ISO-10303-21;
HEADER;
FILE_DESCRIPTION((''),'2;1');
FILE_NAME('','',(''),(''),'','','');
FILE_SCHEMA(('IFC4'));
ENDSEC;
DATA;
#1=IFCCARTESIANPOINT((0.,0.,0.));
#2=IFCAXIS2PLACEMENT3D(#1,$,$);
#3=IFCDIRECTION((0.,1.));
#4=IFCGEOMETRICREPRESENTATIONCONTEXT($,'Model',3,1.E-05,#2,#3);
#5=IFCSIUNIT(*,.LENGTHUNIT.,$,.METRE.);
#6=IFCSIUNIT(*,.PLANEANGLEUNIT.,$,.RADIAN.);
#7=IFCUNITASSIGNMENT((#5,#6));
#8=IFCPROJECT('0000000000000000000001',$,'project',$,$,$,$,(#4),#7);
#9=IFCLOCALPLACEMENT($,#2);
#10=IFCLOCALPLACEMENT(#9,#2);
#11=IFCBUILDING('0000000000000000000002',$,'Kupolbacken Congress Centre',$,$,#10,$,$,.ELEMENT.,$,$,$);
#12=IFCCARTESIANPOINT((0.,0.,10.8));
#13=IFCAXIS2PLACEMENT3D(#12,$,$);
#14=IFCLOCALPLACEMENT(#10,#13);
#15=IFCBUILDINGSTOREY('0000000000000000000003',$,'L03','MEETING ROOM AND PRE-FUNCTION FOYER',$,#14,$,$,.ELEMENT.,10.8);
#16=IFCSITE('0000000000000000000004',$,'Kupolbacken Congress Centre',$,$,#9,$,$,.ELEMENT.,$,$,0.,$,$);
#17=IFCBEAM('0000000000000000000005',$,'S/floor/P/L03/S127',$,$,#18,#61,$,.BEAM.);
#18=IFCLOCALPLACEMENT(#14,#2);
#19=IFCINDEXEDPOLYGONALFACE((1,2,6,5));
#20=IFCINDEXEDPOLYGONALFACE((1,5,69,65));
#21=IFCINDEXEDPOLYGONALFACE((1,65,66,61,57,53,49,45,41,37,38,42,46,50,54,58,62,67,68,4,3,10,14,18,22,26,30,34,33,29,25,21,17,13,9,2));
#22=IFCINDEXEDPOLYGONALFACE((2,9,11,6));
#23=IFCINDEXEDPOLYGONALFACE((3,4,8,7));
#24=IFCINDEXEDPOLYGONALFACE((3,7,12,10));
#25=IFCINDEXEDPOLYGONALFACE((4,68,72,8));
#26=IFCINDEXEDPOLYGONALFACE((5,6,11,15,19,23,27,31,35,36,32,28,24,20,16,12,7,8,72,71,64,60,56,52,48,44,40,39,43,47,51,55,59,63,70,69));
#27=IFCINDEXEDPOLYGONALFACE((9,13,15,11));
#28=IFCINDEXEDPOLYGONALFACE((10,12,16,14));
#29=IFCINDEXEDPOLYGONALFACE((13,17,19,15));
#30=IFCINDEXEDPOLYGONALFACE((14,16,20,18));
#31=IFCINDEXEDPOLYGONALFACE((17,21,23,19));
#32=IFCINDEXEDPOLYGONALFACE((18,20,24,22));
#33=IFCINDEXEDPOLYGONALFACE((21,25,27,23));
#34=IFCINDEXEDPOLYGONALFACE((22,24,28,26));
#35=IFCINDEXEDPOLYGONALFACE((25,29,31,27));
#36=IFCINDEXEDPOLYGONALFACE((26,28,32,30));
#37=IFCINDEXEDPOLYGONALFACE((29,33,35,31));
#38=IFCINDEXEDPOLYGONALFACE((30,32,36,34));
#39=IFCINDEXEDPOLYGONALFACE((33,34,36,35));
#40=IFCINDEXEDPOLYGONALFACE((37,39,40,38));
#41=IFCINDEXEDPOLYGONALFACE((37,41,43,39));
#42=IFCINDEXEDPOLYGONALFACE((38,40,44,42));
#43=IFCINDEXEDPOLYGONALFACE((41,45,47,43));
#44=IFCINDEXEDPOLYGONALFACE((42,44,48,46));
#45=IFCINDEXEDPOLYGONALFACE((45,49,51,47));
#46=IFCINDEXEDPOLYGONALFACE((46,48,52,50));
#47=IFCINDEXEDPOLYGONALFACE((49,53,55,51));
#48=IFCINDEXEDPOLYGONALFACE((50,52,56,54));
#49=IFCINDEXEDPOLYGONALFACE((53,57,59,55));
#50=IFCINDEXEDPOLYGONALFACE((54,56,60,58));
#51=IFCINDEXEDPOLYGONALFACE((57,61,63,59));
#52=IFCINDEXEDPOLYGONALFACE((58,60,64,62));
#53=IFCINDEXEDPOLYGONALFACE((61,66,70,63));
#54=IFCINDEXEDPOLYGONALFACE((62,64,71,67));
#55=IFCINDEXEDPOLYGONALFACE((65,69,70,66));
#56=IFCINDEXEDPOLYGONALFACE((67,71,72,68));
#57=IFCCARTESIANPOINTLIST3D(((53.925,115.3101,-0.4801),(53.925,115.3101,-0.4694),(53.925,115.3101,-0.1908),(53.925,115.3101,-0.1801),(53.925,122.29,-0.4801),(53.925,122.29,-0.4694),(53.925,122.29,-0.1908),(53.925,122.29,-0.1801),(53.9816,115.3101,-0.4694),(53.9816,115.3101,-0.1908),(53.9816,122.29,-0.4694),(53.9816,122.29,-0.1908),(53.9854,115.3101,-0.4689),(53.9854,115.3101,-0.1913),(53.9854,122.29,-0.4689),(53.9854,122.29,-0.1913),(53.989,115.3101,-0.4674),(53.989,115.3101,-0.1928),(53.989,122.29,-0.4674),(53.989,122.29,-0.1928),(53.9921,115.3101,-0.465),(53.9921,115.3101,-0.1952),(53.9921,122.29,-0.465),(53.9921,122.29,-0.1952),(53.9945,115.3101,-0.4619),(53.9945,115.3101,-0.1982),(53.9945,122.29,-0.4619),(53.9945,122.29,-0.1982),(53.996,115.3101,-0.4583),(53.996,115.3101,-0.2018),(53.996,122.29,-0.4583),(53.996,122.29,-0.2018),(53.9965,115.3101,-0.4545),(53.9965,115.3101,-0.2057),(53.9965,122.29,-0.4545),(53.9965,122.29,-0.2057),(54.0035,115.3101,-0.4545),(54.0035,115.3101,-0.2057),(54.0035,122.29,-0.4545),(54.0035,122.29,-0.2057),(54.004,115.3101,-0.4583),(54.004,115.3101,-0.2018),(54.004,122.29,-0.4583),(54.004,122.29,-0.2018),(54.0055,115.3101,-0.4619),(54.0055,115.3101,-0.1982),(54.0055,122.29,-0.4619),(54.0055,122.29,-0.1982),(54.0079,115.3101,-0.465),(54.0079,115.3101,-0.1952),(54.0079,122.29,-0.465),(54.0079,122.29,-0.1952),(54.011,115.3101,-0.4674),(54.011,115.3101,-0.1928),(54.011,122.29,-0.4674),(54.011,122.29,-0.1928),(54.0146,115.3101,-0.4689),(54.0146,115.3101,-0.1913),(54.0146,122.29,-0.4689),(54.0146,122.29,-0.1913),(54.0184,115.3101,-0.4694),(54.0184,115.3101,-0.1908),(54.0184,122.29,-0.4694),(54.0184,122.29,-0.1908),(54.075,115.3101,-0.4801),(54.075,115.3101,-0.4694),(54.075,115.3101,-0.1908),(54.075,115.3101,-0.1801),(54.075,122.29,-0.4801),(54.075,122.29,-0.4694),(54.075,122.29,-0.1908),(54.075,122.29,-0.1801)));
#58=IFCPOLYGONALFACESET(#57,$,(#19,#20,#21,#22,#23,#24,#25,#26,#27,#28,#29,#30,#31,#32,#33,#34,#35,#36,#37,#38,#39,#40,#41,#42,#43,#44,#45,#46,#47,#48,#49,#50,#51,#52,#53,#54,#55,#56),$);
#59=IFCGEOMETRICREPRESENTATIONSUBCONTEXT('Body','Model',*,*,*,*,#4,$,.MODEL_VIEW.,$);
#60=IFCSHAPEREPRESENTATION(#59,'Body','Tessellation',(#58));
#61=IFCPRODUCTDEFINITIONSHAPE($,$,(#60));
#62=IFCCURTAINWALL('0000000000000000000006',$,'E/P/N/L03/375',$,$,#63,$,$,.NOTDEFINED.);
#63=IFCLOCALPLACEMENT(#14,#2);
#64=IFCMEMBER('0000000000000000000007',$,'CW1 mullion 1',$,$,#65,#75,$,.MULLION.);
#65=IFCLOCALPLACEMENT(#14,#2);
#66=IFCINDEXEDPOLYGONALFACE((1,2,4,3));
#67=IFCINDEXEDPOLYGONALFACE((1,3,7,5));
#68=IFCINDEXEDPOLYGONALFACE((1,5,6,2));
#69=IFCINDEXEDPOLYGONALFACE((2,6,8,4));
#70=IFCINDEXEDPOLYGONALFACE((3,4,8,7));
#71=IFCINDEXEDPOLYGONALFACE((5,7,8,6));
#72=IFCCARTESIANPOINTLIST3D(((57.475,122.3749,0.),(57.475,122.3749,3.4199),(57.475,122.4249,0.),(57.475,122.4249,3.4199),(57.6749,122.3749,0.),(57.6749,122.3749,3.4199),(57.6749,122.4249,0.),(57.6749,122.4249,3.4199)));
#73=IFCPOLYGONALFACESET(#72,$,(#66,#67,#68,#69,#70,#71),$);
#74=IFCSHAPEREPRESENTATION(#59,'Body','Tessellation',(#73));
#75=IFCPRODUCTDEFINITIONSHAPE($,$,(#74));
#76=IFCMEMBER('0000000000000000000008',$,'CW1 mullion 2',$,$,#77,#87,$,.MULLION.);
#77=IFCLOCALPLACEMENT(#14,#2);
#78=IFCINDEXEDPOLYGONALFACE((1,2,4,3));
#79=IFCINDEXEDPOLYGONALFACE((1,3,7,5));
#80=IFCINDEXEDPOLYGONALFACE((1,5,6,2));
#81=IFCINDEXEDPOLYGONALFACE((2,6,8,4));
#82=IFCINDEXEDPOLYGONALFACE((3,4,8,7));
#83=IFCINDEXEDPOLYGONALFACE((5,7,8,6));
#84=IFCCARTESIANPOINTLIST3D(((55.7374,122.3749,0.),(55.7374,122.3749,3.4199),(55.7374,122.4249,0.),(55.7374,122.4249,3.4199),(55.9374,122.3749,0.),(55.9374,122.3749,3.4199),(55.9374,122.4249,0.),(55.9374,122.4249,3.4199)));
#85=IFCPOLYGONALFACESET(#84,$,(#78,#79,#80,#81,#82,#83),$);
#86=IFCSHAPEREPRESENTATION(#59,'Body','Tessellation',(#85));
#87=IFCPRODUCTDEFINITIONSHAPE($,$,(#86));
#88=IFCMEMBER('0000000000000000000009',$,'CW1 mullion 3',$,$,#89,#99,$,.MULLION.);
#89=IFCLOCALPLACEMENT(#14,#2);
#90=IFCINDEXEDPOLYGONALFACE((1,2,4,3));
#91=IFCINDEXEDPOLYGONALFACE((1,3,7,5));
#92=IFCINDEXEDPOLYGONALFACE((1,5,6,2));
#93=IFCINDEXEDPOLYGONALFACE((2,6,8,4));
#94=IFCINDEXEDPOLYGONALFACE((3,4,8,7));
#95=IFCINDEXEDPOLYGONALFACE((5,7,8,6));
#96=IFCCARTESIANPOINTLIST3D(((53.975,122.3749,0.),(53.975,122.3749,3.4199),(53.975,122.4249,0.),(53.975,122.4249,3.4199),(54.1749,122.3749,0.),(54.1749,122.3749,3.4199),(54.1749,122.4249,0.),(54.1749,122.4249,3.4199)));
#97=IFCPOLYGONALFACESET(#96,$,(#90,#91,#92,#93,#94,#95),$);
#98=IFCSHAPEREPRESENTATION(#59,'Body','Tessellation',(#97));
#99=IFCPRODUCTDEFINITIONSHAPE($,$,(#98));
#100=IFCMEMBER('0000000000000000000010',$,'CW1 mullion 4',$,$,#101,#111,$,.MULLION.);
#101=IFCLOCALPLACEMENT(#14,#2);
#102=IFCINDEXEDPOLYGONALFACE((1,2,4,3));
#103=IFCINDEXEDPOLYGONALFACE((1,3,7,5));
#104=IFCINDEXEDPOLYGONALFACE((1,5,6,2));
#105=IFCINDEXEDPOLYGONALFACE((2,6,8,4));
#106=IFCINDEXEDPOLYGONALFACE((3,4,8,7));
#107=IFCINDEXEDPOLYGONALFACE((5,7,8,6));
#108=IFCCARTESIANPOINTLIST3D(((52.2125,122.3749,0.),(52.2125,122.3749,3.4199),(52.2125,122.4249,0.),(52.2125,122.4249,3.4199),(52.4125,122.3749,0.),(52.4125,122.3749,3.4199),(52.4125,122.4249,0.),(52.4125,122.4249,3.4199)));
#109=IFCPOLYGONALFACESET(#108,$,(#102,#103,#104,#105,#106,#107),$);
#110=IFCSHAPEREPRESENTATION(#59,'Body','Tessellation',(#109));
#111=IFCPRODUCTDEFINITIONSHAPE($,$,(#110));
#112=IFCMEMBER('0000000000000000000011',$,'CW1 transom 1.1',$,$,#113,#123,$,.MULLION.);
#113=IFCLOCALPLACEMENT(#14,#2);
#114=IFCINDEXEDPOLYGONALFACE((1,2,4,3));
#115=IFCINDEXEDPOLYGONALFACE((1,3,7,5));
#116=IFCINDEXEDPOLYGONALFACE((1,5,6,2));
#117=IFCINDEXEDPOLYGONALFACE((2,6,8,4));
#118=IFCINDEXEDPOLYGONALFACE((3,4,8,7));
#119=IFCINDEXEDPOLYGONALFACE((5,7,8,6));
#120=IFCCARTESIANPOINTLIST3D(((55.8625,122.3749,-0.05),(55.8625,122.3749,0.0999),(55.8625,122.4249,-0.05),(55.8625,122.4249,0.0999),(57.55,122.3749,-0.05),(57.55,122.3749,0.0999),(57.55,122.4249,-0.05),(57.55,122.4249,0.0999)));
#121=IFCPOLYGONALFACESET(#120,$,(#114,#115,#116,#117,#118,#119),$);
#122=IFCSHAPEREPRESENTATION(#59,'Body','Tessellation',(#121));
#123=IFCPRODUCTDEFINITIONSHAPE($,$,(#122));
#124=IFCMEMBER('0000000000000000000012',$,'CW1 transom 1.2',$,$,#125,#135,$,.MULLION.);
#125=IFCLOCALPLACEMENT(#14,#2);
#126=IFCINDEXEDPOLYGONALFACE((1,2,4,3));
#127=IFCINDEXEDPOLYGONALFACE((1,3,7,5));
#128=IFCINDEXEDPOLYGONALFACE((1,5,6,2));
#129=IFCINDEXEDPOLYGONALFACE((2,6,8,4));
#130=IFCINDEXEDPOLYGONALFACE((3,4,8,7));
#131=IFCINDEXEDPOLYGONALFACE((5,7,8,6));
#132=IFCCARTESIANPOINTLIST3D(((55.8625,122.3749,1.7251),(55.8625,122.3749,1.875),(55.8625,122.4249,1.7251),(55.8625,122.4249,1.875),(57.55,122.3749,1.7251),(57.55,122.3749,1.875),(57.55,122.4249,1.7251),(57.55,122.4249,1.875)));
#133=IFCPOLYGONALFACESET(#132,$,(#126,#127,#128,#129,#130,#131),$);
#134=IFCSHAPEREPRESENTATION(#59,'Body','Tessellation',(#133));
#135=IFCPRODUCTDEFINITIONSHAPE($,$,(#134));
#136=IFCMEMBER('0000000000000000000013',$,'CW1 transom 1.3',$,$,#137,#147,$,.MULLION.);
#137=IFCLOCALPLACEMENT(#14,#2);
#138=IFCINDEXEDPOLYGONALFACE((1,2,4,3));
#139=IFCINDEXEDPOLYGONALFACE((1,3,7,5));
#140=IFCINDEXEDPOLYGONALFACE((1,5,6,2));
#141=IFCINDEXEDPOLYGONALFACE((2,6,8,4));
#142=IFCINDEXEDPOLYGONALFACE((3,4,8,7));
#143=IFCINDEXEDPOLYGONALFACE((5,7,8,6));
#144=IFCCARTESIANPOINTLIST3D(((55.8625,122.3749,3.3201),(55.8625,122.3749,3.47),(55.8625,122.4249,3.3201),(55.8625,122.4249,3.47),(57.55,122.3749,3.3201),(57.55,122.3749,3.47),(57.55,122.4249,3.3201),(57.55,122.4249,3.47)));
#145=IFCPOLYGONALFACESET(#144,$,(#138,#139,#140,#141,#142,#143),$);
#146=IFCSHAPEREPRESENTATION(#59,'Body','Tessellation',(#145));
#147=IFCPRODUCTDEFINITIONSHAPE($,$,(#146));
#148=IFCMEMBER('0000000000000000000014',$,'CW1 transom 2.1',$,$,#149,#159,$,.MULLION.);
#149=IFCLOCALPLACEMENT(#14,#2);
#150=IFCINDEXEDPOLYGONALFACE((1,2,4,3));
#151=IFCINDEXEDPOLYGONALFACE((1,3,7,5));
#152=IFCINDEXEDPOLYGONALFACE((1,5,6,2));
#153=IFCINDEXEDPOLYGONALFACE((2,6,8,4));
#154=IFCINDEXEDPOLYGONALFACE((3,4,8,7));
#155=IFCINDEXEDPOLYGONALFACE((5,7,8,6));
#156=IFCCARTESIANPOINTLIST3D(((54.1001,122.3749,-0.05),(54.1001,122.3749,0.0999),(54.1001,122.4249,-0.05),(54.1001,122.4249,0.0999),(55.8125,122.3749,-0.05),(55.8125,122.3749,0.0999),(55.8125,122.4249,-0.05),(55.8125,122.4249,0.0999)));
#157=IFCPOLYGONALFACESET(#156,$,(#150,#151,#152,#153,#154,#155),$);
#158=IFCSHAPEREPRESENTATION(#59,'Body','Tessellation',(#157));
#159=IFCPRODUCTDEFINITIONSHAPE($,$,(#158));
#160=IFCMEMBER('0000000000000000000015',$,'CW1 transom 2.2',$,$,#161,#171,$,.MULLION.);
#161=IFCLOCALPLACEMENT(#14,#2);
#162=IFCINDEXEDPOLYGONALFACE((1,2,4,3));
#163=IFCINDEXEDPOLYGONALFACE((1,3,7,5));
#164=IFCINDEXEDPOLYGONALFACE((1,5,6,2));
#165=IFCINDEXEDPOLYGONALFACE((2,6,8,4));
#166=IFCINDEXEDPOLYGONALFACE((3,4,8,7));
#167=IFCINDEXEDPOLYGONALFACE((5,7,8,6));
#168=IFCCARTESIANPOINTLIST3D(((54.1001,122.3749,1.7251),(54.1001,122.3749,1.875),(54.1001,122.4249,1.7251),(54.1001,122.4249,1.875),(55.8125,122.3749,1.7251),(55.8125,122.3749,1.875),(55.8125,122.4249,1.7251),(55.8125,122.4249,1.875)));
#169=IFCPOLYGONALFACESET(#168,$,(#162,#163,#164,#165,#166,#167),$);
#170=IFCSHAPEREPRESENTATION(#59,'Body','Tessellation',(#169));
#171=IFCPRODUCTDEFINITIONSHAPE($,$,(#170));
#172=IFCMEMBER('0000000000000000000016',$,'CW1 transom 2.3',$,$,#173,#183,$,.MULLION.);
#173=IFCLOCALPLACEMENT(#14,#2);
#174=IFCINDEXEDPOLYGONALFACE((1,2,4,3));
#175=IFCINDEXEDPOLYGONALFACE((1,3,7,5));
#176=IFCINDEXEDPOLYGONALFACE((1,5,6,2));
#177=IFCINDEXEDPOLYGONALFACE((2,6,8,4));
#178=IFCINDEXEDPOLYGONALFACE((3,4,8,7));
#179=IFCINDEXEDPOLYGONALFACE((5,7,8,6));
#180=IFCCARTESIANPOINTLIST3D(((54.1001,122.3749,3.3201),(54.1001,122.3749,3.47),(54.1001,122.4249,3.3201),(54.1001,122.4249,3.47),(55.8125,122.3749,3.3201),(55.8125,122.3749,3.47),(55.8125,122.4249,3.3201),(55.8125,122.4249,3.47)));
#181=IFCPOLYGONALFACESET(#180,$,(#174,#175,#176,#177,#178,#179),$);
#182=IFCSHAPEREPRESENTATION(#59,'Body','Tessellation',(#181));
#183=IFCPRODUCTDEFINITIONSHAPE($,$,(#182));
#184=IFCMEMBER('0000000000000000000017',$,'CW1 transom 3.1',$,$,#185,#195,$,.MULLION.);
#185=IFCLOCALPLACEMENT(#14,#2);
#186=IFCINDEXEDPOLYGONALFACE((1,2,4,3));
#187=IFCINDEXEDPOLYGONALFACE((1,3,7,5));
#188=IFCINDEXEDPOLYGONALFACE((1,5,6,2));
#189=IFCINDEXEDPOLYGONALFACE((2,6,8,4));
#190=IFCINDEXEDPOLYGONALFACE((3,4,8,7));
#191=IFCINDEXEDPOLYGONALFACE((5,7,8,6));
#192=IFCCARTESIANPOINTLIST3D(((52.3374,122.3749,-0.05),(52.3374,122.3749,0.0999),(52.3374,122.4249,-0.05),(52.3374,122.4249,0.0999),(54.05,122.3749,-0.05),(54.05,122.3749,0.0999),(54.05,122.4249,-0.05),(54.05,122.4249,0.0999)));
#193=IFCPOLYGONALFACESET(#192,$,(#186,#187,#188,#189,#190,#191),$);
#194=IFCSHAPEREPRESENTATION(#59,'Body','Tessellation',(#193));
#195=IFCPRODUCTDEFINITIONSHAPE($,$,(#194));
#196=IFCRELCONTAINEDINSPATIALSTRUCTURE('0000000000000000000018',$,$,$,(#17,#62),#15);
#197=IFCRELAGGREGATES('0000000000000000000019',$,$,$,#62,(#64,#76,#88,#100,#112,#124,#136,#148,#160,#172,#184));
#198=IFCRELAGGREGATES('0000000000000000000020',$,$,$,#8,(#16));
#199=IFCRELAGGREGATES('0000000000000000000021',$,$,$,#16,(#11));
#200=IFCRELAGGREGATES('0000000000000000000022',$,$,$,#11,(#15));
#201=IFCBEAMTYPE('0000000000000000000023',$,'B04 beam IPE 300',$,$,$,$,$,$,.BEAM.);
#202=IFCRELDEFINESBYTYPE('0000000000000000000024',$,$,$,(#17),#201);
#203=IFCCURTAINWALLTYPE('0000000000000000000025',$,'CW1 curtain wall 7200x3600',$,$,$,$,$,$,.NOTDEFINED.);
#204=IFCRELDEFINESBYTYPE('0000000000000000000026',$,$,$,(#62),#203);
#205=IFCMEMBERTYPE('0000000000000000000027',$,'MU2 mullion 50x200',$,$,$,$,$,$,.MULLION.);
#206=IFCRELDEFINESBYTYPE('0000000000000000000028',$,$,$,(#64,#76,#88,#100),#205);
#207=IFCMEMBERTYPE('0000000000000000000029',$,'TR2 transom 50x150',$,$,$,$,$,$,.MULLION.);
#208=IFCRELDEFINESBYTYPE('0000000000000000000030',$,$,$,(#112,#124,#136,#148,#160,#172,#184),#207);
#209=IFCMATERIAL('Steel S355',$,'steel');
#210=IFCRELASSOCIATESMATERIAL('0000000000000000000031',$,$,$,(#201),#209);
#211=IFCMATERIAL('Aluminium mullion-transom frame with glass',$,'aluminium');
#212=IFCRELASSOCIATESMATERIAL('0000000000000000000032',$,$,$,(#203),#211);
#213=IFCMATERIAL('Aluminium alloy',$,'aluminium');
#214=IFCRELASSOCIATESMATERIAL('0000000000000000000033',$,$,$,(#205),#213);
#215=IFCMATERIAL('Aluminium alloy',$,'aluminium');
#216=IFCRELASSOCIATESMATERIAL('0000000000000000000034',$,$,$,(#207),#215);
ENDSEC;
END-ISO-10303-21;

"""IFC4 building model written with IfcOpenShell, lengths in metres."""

from ifc_helpers import new_model, si_unit, direction, frame, origin, origin_2d, place, context, subcontext, project, spatial, rectangle, i_section, extrude, material, material_profile, profile_set, type_object, element, aggregate, save


model = new_model("IFC4")

# Units and contexts
model_context = context("Model", 3, precision=1e-05, world=origin(), true_north=direction((0.0, 1.0)))
body_context = subcontext(model_context, "Body", "Model", "MODEL_VIEW")
ifc_project = project(units=[si_unit("LENGTHUNIT", "METRE"), si_unit("PLANEANGLEUNIT", "RADIAN")], contexts=[model_context])

# Site, building, storey
site_placement = place(None, origin())
site = spatial("IfcSite", under=ifc_project, at=site_placement, Name="Kupolbacken Congress Centre", CompositionType="ELEMENT", RefElevation=0.0)
building_placement = place(site_placement, origin())
building = spatial("IfcBuilding", under=site, at=building_placement, Name="Kupolbacken Congress Centre", CompositionType="ELEMENT")
storey_placement = place(building_placement, frame((0.0, 0.0, 10.8)))
storey = spatial("IfcBuildingStorey", under=building, at=storey_placement, Name="L03", Description="MEETING ROOM AND PRE-FUNCTION FOYER", CompositionType="ELEMENT", Elevation=10.8)

# Beam
ifc_material_1 = material(Name="Steel S355", Category="steel")
ifc_material_profile_1 = material_profile(ifc_material_1, i_section(OverallWidth=0.1499, OverallDepth=0.3, WebThickness=0.0071, FlangeThickness=0.0107, FilletRadius=0.0149, at=origin_2d()), Name="IPE 300")
ifc_profile_set_1 = profile_set([ifc_material_profile_1], Name="Steel S355")
beam_type = type_object("IfcBeamType", Name="B04 beam IPE 300", PredefinedType="BEAM", material=ifc_profile_set_1)
beam_placement = place(storey_placement, frame((54.0, 115.3101, -0.3301), z_axis=(0.0, 1.0, 0.0), x_axis=(-1.0, 0.0, 0.0)))
element("IfcBeam", 1, at=beam_placement, inside=storey, type_object=beam_type, Name="S/floor/P/L03/S127", PredefinedType="BEAM", context=body_context, shape_type="SweptSolid", body=[
    extrude(i_section(OverallWidth=0.1499, OverallDepth=0.3, WebThickness=0.0071, FlangeThickness=0.0107, FilletRadius=0.0149, at=origin_2d()), origin(), (0.0, 0.0, 1.0), 6.98),
])

# Curtain wall, members
ifc_material_2 = material(Name="Aluminium mullion-transom frame with glass", Category="aluminium")
curtain_wall_type = type_object("IfcCurtainWallType", Name="CW1 curtain wall 7200x3600", PredefinedType="NOTDEFINED", material=ifc_material_2)
curtain_wall_placement = place(storey_placement, origin())
curtain_wall = element("IfcCurtainWall", 2, at=curtain_wall_placement, inside=storey, type_object=curtain_wall_type, Name="E/P/N/L03/375", PredefinedType="NOTDEFINED")
ifc_material_3 = material(Name="Aluminium alloy", Category="aluminium")
ifc_material_profile_2 = material_profile(ifc_material_3, rectangle(XDim=0.05, YDim=0.2, at=origin_2d()), Name="50 x 200")
ifc_profile_set_2 = profile_set([ifc_material_profile_2], Name="Aluminium alloy")
member_type_1 = type_object("IfcMemberType", Name="MU2 mullion 50x200", PredefinedType="MULLION", material=ifc_profile_set_2)
member_1_placement = place(storey_placement, frame((57.575, 122.3999, 0.0), z_axis=(0.0, 0.0, 1.0), x_axis=(0.0, -1.0, 0.0)))
member_1 = element("IfcMember", 3, at=member_1_placement, type_object=member_type_1, Name="CW1 mullion 1", PredefinedType="MULLION", context=body_context, shape_type="SweptSolid", body=[
    extrude(rectangle(XDim=0.05, YDim=0.2, at=origin_2d()), origin(), (0.0, 0.0, 1.0), 3.4199),
])
member_2_placement = place(storey_placement, frame((55.8374, 122.3999, 0.0), z_axis=(0.0, 0.0, 1.0), x_axis=(0.0, -1.0, 0.0)))
member_2 = element("IfcMember", 4, at=member_2_placement, type_object=member_type_1, Name="CW1 mullion 2", PredefinedType="MULLION", context=body_context, shape_type="SweptSolid", body=[
    extrude(rectangle(XDim=0.05, YDim=0.2, at=origin_2d()), origin(), (0.0, 0.0, 1.0), 3.4199),
])
member_3_placement = place(storey_placement, frame((54.075, 122.3999, 0.0), z_axis=(0.0, 0.0, 1.0), x_axis=(0.0, -1.0, 0.0)))
member_3 = element("IfcMember", 5, at=member_3_placement, type_object=member_type_1, Name="CW1 mullion 3", PredefinedType="MULLION", context=body_context, shape_type="SweptSolid", body=[
    extrude(rectangle(XDim=0.05, YDim=0.2, at=origin_2d()), origin(), (0.0, 0.0, 1.0), 3.4199),
])
member_4_placement = place(storey_placement, frame((52.3125, 122.3999, 0.0), z_axis=(0.0, 0.0, 1.0), x_axis=(0.0, -1.0, 0.0)))
member_4 = element("IfcMember", 6, at=member_4_placement, type_object=member_type_1, Name="CW1 mullion 4", PredefinedType="MULLION", context=body_context, shape_type="SweptSolid", body=[
    extrude(rectangle(XDim=0.05, YDim=0.2, at=origin_2d()), origin(), (0.0, 0.0, 1.0), 3.4199),
])
ifc_material_4 = material(Name="Aluminium alloy", Category="aluminium")
ifc_material_profile_3 = material_profile(ifc_material_4, rectangle(XDim=0.05, YDim=0.1499, at=origin_2d()), Name="50 x 150")
ifc_profile_set_3 = profile_set([ifc_material_profile_3], Name="Aluminium alloy")
member_type_2 = type_object("IfcMemberType", Name="TR2 transom 50x150", PredefinedType="MULLION", material=ifc_profile_set_3)
member_5_placement = place(storey_placement, frame((57.55, 122.3999, 0.0249), z_axis=(-1.0, 0.0, 0.0), x_axis=(0.0, -1.0, 0.0)))
member_5 = element("IfcMember", 7, at=member_5_placement, type_object=member_type_2, Name="CW1 transom 1.1", PredefinedType="MULLION", context=body_context, shape_type="SweptSolid", body=[
    extrude(rectangle(XDim=0.05, YDim=0.1499, at=origin_2d()), origin(), (0.0, 0.0, 1.0), 1.6875),
])
member_6_placement = place(storey_placement, frame((57.55, 122.3999, 1.8), z_axis=(-1.0, 0.0, 0.0), x_axis=(0.0, -1.0, 0.0)))
member_6 = element("IfcMember", 8, at=member_6_placement, type_object=member_type_2, Name="CW1 transom 1.2", PredefinedType="MULLION", context=body_context, shape_type="SweptSolid", body=[
    extrude(rectangle(XDim=0.05, YDim=0.1499, at=origin_2d()), origin(), (0.0, 0.0, 1.0), 1.6875),
])
member_7_placement = place(storey_placement, frame((57.55, 122.3999, 3.395), z_axis=(-1.0, 0.0, 0.0), x_axis=(0.0, -1.0, 0.0)))
member_7 = element("IfcMember", 9, at=member_7_placement, type_object=member_type_2, Name="CW1 transom 1.3", PredefinedType="MULLION", context=body_context, shape_type="SweptSolid", body=[
    extrude(rectangle(XDim=0.05, YDim=0.1499, at=origin_2d()), origin(), (0.0, 0.0, 1.0), 1.6875),
])
member_8_placement = place(storey_placement, frame((55.8125, 122.3999, 0.0249), z_axis=(-1.0, 0.0, 0.0), x_axis=(0.0, -1.0, 0.0)))
member_8 = element("IfcMember", 10, at=member_8_placement, type_object=member_type_2, Name="CW1 transom 2.1", PredefinedType="MULLION", context=body_context, shape_type="SweptSolid", body=[
    extrude(rectangle(XDim=0.05, YDim=0.1499, at=origin_2d()), origin(), (0.0, 0.0, 1.0), 1.7124),
])
member_9_placement = place(storey_placement, frame((55.8125, 122.3999, 1.8), z_axis=(-1.0, 0.0, 0.0), x_axis=(0.0, -1.0, 0.0)))
member_9 = element("IfcMember", 11, at=member_9_placement, type_object=member_type_2, Name="CW1 transom 2.2", PredefinedType="MULLION", context=body_context, shape_type="SweptSolid", body=[
    extrude(rectangle(XDim=0.05, YDim=0.1499, at=origin_2d()), origin(), (0.0, 0.0, 1.0), 1.7124),
])
member_10_placement = place(storey_placement, frame((55.8125, 122.3999, 3.395), z_axis=(-1.0, 0.0, 0.0), x_axis=(0.0, -1.0, 0.0)))
member_10 = element("IfcMember", 12, at=member_10_placement, type_object=member_type_2, Name="CW1 transom 2.3", PredefinedType="MULLION", context=body_context, shape_type="SweptSolid", body=[
    extrude(rectangle(XDim=0.05, YDim=0.1499, at=origin_2d()), origin(), (0.0, 0.0, 1.0), 1.7124),
])
member_11_placement = place(storey_placement, frame((54.05, 122.3999, 0.0249), z_axis=(-1.0, 0.0, 0.0), x_axis=(0.0, -1.0, 0.0)))
member_11 = element("IfcMember", 13, at=member_11_placement, type_object=member_type_2, Name="CW1 transom 3.1", PredefinedType="MULLION", context=body_context, shape_type="SweptSolid", body=[
    extrude(rectangle(XDim=0.05, YDim=0.1499, at=origin_2d()), origin(), (0.0, 0.0, 1.0), 1.7126),
])
aggregate(curtain_wall, [member_1, member_2, member_3, member_4, member_5, member_6, member_7, member_8, member_9, member_10, member_11])

save(model, "model.ifc")
